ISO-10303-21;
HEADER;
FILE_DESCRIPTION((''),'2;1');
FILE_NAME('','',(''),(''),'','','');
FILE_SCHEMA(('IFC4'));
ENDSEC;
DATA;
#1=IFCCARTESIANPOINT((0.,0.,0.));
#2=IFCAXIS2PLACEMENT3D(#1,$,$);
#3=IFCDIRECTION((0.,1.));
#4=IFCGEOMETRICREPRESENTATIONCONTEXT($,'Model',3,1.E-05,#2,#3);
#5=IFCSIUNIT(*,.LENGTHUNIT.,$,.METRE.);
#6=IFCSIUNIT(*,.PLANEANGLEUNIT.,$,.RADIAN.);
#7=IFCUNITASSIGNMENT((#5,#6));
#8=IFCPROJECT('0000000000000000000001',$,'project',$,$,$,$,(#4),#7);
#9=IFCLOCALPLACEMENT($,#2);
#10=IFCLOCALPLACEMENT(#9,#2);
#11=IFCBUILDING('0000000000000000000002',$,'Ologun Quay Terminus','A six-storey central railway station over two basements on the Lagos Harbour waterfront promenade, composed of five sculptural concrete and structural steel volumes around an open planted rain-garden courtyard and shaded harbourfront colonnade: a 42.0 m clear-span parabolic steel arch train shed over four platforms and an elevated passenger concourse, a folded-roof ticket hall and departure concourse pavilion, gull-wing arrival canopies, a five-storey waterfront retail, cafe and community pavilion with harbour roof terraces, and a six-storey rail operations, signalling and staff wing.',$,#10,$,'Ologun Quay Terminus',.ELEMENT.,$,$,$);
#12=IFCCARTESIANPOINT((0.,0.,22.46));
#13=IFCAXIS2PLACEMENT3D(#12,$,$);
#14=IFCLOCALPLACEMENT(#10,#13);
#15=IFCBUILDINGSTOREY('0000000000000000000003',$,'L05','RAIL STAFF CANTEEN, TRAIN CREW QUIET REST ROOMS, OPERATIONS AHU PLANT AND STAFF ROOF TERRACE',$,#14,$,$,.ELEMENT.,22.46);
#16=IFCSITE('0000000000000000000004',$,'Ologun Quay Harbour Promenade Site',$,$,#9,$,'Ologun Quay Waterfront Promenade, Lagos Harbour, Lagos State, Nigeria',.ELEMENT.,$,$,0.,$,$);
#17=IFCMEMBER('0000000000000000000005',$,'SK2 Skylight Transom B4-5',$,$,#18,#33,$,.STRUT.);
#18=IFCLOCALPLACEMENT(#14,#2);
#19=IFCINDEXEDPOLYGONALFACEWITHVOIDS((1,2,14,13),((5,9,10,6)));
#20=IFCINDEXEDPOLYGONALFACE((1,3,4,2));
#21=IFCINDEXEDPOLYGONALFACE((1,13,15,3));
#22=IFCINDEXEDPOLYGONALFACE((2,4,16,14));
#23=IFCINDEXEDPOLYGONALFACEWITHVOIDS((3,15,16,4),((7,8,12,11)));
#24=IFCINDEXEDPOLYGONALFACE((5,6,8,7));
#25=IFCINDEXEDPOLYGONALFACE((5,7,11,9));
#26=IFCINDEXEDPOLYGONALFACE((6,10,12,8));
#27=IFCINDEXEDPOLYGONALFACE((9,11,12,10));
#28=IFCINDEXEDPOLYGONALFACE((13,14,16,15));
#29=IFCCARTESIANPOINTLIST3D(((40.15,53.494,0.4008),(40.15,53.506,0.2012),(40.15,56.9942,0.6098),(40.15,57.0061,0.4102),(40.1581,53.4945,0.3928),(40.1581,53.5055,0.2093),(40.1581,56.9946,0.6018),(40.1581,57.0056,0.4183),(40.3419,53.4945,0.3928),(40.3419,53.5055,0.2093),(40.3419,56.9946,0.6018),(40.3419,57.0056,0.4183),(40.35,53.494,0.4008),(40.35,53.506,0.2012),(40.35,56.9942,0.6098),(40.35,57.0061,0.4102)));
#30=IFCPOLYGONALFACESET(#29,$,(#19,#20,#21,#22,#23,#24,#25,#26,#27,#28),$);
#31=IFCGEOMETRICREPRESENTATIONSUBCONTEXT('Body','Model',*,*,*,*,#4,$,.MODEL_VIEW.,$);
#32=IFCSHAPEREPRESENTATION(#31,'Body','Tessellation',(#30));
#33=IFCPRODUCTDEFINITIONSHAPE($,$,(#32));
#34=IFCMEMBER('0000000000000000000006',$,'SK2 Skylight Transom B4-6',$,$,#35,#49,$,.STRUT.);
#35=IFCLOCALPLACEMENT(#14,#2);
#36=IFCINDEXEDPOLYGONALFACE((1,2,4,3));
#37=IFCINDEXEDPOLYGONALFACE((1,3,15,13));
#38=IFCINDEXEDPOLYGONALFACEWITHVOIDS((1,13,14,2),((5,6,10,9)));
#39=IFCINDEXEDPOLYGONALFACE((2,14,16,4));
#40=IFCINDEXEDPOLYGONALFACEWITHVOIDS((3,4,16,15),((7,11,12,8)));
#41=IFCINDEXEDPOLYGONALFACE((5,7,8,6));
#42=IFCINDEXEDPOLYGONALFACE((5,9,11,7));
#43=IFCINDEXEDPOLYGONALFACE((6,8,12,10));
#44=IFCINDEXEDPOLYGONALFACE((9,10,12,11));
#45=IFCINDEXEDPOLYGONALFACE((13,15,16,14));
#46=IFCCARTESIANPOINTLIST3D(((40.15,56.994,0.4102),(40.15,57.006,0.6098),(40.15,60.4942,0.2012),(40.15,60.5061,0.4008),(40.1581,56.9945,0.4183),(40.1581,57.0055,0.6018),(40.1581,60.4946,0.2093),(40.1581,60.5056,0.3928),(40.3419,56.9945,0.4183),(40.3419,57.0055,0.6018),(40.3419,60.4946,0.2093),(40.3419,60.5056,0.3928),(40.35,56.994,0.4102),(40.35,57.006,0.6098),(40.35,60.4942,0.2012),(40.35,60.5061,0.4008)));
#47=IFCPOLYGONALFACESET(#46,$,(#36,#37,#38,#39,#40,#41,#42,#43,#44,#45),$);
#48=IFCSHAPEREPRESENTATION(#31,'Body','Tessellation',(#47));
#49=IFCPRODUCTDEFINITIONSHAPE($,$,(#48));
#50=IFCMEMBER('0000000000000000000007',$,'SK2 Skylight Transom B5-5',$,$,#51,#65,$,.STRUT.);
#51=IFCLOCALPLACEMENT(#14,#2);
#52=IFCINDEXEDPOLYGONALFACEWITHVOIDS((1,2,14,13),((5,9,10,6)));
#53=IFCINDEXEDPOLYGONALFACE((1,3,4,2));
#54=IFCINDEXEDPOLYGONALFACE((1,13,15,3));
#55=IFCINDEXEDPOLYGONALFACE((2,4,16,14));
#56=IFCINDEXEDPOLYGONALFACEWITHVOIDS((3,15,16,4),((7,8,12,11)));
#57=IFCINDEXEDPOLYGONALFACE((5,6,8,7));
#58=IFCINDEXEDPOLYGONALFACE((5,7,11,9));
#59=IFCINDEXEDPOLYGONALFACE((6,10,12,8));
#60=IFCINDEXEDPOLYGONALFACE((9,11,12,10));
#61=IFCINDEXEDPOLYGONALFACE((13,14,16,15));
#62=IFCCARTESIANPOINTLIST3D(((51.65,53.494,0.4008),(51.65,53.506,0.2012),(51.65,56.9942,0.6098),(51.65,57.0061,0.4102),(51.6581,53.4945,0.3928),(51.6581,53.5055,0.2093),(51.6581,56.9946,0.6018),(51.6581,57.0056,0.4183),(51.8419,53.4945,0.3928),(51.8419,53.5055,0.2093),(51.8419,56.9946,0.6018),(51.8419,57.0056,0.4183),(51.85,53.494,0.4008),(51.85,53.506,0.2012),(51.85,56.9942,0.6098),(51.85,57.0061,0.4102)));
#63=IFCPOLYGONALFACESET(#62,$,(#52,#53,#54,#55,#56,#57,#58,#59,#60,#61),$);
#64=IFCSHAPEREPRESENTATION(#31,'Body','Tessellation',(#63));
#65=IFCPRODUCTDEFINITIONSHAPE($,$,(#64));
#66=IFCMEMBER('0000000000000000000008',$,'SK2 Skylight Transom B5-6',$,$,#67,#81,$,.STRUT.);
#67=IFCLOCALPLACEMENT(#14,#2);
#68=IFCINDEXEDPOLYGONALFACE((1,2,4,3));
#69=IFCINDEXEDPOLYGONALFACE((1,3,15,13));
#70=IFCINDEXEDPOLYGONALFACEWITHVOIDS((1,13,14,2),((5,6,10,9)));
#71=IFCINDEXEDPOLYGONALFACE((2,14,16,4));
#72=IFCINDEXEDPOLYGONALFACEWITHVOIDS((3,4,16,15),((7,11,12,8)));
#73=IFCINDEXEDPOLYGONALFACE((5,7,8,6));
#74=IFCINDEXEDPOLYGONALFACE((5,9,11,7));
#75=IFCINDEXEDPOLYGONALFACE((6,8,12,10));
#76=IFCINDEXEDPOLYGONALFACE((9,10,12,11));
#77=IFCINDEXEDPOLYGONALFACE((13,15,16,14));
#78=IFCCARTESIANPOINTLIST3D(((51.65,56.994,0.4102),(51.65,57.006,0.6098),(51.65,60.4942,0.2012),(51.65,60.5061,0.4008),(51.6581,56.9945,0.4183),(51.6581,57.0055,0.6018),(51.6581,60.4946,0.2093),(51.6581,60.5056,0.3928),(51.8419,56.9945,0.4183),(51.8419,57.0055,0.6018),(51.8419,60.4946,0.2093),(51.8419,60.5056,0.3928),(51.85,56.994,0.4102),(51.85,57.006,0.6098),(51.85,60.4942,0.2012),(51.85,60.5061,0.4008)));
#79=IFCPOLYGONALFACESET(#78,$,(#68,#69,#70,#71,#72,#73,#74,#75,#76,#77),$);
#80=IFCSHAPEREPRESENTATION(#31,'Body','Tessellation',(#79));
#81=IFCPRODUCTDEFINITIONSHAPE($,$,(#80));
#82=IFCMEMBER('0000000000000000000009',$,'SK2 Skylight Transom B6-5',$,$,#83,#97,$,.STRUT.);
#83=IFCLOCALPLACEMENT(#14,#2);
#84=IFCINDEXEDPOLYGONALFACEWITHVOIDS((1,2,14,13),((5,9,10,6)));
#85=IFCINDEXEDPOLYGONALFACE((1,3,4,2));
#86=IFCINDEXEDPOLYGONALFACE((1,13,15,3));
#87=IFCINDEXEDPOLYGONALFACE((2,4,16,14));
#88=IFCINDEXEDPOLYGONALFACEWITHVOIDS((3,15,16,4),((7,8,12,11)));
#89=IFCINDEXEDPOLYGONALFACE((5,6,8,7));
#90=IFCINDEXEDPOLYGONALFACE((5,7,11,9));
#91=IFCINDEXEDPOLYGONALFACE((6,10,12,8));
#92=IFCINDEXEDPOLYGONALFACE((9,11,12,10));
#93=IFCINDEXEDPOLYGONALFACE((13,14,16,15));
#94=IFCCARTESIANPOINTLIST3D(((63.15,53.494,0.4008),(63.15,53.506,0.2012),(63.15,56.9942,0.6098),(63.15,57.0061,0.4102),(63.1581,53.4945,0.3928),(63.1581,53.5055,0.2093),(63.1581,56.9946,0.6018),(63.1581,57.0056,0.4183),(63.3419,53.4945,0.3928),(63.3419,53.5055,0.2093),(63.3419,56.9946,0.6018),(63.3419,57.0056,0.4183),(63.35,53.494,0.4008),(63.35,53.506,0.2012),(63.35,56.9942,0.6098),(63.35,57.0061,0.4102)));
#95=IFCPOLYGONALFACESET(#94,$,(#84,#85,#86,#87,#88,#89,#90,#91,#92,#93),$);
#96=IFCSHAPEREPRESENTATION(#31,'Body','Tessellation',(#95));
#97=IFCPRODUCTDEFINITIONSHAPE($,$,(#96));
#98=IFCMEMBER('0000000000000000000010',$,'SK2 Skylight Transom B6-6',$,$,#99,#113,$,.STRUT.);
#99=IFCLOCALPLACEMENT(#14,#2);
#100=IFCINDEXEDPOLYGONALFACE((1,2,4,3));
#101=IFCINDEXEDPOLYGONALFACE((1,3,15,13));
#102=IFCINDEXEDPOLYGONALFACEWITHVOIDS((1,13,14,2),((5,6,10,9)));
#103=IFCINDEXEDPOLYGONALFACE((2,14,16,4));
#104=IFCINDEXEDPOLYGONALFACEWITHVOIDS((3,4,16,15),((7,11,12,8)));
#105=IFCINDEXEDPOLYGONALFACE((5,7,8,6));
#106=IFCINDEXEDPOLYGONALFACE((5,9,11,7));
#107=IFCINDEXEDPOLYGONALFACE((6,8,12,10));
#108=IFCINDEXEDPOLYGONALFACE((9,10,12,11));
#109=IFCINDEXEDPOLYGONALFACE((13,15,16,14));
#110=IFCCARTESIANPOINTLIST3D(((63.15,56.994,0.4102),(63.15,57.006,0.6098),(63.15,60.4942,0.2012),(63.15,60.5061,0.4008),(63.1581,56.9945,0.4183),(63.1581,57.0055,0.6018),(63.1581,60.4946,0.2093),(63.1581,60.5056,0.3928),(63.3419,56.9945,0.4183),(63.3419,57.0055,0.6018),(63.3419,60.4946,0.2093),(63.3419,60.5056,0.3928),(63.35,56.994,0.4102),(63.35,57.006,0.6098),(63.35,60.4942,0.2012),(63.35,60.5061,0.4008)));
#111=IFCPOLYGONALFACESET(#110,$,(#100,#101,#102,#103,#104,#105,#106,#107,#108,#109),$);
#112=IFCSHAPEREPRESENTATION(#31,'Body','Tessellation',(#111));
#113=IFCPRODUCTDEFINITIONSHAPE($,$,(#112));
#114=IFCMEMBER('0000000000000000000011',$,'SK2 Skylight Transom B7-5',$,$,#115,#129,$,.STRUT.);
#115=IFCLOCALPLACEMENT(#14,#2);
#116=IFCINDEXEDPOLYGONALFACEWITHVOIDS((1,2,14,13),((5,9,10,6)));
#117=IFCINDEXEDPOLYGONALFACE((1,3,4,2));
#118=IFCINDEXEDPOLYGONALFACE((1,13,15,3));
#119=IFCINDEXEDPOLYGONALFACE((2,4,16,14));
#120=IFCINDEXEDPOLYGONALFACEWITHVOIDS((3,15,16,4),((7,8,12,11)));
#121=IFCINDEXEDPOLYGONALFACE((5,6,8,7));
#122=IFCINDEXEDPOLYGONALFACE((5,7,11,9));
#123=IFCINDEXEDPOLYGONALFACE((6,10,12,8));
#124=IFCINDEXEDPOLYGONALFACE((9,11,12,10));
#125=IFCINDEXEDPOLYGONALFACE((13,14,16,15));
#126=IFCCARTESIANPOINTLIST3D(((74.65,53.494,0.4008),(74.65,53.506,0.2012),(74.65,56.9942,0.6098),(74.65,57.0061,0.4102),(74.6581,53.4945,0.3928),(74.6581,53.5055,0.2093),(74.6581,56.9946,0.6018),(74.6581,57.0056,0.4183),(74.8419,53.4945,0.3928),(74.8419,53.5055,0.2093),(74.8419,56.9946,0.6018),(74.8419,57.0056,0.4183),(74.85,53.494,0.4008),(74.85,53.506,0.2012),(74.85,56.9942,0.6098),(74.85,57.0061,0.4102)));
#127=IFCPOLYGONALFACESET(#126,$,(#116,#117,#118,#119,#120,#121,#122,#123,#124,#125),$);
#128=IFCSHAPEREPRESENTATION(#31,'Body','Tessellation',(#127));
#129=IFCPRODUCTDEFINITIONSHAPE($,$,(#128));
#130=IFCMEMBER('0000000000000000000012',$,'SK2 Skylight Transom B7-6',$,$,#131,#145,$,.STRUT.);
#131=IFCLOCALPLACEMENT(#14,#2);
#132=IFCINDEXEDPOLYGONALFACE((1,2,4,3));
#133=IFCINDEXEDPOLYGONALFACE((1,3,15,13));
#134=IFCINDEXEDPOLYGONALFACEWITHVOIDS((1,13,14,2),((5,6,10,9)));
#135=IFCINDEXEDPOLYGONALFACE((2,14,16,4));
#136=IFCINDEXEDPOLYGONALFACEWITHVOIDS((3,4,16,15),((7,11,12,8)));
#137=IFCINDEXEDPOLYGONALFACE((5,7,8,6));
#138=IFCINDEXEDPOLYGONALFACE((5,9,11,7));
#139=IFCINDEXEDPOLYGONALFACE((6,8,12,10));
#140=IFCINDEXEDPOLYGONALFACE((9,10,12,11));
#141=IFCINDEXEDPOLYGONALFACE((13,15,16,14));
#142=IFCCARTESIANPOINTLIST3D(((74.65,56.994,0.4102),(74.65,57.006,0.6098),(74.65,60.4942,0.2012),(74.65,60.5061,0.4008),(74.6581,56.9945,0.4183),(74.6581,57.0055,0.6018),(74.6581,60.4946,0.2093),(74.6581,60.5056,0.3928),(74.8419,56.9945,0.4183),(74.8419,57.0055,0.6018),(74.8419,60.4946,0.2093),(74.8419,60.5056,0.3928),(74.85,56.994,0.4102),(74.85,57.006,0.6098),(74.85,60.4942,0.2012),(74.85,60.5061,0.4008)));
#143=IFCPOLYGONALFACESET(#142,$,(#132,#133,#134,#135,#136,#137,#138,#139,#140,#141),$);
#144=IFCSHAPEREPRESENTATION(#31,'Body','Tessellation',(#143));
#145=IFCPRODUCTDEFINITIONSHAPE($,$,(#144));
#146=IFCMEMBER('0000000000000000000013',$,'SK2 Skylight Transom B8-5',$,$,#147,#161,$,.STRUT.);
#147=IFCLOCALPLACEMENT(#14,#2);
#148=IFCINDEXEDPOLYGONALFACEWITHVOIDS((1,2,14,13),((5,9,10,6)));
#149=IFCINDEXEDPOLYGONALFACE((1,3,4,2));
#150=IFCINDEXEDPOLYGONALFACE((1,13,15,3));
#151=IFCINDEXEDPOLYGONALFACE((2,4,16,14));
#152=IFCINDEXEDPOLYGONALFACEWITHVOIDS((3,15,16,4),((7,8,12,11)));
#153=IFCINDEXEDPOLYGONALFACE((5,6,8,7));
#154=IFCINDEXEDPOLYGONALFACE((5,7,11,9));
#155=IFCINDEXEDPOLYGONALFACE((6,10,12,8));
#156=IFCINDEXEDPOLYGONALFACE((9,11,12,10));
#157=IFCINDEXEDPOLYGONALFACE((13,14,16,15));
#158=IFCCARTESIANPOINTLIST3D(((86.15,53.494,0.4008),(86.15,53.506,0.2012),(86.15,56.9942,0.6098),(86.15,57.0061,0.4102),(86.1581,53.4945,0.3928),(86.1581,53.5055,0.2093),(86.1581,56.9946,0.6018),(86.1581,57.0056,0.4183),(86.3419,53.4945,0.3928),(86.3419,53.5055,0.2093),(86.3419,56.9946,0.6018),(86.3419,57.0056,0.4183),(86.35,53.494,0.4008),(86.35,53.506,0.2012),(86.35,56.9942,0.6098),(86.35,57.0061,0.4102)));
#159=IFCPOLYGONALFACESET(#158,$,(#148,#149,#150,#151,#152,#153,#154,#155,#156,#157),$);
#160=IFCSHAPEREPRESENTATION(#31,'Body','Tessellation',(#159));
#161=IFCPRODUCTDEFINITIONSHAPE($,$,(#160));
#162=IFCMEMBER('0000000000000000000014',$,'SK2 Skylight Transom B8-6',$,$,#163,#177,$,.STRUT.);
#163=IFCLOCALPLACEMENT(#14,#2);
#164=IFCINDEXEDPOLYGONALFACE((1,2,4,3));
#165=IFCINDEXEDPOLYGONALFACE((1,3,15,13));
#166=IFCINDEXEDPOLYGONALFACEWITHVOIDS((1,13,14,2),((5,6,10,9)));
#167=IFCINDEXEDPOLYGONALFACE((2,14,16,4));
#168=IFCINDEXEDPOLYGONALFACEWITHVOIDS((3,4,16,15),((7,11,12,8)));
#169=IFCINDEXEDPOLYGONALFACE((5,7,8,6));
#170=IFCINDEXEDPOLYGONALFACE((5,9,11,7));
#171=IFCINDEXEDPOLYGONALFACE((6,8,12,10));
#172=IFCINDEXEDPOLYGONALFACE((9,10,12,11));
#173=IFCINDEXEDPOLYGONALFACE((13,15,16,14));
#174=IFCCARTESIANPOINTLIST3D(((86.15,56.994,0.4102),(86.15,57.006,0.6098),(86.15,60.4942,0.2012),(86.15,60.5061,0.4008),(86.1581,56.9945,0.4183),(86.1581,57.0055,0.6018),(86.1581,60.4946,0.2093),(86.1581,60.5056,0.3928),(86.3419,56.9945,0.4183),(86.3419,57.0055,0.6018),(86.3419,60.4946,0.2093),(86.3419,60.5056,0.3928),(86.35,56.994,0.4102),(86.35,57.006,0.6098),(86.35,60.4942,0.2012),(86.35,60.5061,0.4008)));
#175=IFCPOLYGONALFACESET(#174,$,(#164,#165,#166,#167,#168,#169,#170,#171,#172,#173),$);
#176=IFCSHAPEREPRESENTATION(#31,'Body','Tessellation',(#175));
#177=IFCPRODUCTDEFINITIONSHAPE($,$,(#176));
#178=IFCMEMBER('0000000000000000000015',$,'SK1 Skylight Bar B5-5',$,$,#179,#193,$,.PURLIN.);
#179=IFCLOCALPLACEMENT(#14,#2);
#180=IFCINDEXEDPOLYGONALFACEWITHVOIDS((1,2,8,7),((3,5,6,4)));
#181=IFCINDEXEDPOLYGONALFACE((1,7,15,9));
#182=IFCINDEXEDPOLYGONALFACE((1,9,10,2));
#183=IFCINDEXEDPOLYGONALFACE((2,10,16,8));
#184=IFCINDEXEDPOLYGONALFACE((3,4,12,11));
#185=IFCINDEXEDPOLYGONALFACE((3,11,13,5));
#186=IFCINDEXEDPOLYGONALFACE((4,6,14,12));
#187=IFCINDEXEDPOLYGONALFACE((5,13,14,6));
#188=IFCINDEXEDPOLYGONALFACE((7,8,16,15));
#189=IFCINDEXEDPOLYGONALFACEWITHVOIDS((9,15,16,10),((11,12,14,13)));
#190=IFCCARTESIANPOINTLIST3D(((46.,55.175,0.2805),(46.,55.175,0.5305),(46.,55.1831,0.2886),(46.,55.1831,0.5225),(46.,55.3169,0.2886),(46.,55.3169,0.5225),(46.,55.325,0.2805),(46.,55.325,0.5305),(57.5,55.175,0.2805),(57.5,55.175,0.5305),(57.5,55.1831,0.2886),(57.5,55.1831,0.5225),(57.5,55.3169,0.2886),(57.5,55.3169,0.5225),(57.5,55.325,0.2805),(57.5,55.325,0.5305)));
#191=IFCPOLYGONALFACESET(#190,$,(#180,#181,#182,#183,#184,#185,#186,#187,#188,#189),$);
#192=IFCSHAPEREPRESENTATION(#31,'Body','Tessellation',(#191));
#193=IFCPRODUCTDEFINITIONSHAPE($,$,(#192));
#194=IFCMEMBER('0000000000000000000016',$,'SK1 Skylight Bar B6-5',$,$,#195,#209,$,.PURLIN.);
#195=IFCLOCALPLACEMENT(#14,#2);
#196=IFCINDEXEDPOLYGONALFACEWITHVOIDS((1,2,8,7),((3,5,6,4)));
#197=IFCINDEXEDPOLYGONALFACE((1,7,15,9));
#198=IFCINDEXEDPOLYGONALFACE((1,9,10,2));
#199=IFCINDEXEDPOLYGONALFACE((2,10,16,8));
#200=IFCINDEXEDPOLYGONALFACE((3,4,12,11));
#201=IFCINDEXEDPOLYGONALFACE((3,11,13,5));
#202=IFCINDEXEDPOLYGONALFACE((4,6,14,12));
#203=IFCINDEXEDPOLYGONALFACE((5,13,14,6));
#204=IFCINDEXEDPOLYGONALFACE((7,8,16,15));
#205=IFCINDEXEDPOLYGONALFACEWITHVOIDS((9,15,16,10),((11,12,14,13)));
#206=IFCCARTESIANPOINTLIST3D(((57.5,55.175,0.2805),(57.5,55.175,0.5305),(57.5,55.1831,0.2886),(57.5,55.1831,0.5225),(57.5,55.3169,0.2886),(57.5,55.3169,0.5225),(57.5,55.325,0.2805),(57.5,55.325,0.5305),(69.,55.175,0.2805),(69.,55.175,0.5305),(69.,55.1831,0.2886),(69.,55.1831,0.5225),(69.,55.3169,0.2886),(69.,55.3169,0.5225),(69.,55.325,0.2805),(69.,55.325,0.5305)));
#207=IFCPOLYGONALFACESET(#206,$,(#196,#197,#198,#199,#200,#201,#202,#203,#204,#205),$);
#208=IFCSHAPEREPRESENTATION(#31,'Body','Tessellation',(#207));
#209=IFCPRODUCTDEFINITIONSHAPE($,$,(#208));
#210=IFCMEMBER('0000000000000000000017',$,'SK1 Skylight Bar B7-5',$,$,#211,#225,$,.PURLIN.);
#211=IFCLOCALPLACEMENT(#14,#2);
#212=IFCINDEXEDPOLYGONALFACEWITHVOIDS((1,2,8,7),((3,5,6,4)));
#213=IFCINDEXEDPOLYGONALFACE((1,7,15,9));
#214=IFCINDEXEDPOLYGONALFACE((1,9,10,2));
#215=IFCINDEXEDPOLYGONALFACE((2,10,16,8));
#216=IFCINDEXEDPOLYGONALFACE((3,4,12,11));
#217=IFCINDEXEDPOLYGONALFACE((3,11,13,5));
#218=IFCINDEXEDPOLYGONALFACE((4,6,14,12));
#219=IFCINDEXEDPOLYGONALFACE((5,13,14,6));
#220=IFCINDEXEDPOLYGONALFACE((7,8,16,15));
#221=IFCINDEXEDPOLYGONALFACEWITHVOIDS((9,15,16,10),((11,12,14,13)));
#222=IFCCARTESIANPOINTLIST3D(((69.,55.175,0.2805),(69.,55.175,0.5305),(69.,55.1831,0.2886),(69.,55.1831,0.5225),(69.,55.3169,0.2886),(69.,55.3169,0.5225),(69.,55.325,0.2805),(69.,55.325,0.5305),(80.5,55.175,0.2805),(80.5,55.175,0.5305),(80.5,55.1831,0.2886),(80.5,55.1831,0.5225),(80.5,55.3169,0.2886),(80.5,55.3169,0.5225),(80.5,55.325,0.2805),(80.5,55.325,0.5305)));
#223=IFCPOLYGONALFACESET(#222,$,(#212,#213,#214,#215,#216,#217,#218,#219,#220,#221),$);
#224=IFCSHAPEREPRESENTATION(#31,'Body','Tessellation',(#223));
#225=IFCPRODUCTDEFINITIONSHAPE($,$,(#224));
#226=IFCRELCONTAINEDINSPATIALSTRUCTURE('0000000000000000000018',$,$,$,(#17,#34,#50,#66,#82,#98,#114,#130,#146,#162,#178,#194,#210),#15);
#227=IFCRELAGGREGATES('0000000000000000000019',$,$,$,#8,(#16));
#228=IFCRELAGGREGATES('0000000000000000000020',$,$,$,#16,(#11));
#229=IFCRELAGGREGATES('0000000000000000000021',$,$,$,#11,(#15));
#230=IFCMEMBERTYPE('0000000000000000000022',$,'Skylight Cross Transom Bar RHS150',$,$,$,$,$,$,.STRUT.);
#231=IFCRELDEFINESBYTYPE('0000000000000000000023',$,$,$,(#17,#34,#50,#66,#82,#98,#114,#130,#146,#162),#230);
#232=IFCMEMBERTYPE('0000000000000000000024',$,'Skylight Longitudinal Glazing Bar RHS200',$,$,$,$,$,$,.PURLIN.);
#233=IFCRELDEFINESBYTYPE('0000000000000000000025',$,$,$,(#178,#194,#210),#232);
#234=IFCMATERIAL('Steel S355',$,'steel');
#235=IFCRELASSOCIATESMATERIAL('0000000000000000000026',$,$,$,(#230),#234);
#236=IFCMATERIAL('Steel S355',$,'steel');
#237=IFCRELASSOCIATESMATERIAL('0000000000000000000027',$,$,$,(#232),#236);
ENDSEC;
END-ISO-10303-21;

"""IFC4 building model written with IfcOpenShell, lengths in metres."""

from ifc_helpers import new_model, si_unit, direction, frame, origin, origin_2d, place, context, subcontext, project, spatial, hollow_rectangle, extrude, material, material_profile, profile_set, type_object, element, save


model = new_model("IFC4")

# Units and contexts
model_context = context("Model", 3, precision=1e-05, world=origin(), true_north=direction((0.0, 1.0)))
body_context = subcontext(model_context, "Body", "Model", "MODEL_VIEW")
ifc_project = project(units=[si_unit("LENGTHUNIT", "METRE"), si_unit("PLANEANGLEUNIT", "RADIAN")], contexts=[model_context])

# Site, building, storey
site_placement = place(None, origin())
site = spatial("IfcSite", under=ifc_project, at=site_placement, Name="Ologun Quay Harbour Promenade Site", LongName="Ologun Quay Waterfront Promenade, Lagos Harbour, Lagos State, Nigeria", CompositionType="ELEMENT", RefElevation=0.0)
building_placement = place(site_placement, origin())
building = spatial("IfcBuilding", under=site, at=building_placement, Name="Ologun Quay Terminus", Description="A six-storey central railway station over two basements on the Lagos Harbour waterfront promenade, composed of five sculptural concrete and structural steel volumes around an open planted rain-garden courtyard and shaded harbourfront colonnade: a 42.0 m clear-span parabolic steel arch train shed over four platforms and an elevated passenger concourse, a folded-roof ticket hall and departure concourse pavilion, gull-wing arrival canopies, a five-storey waterfront retail, cafe and community pavilion with harbour roof terraces, and a six-storey rail operations, signalling and staff wing.", LongName="Ologun Quay Terminus", CompositionType="ELEMENT")
storey_placement = place(building_placement, frame((0.0, 0.0, 22.46)))
storey = spatial("IfcBuildingStorey", under=building, at=storey_placement, Name="L05", Description="RAIL STAFF CANTEEN, TRAIN CREW QUIET REST ROOMS, OPERATIONS AHU PLANT AND STAFF ROOF TERRACE", CompositionType="ELEMENT", Elevation=22.46)

# Members
ifc_material_1 = material(Name="Steel S355", Category="steel")
ifc_material_profile_1 = material_profile(ifc_material_1, hollow_rectangle(XDim=0.2, YDim=0.2, WallThickness=0.0081, at=origin_2d()), Name="SHS 200x200x8")
ifc_profile_set_1 = profile_set([ifc_material_profile_1], Name="Steel S355")
member_type_1 = type_object("IfcMemberType", Name="Skylight Cross Transom Bar RHS150", PredefinedType="STRUT", material=ifc_profile_set_1)
for number, where, z_axis, x_axis, name in (
    (1, (40.25, 53.5, 0.301), (0.0, 0.998222, 0.059604), (-1.0, 0.0, 0.0), "SK2 Skylight Transom B4-5"),
    (2, (40.25, 57.0, 0.51), (0.0, 0.998222, -0.059604), (-1.0, 0.0, 0.0), "SK2 Skylight Transom B4-6"),
    (3, (51.75, 53.5, 0.301), (0.0, 0.998222, 0.059604), (-1.0, 0.0, 0.0), "SK2 Skylight Transom B5-5"),
    (4, (51.75, 57.0, 0.51), (0.0, 0.998222, -0.059604), (-1.0, 0.0, 0.0), "SK2 Skylight Transom B5-6"),
    (5, (63.25, 53.5, 0.301), (0.0, 0.998222, 0.059604), (-1.0, 0.0, 0.0), "SK2 Skylight Transom B6-5"),
    (6, (63.25, 57.0, 0.51), (0.0, 0.998222, -0.059604), (-1.0, 0.0, 0.0), "SK2 Skylight Transom B6-6"),
    (7, (74.75, 53.5, 0.301), (0.0, 0.998222, 0.059604), (-1.0, 0.0, 0.0), "SK2 Skylight Transom B7-5"),
    (8, (74.75, 57.0, 0.51), (0.0, 0.998222, -0.059604), (-1.0, 0.0, 0.0), "SK2 Skylight Transom B7-6"),
    (9, (86.25, 53.5, 0.301), (0.0, 0.998222, 0.059604), (-1.0, 0.0, 0.0), "SK2 Skylight Transom B8-5"),
    (10, (86.25, 57.0, 0.51), (0.0, 0.998222, -0.059604), (-1.0, 0.0, 0.0), "SK2 Skylight Transom B8-6"),
):
    element("IfcMember", number, at=place(storey_placement, frame(where, z_axis=z_axis, x_axis=x_axis)), inside=storey, type_object=member_type_1, Name=name, PredefinedType="STRUT", context=body_context, shape_type="SweptSolid", body=[
        extrude(hollow_rectangle(XDim=0.2, YDim=0.2, WallThickness=0.0081, at=origin_2d()), origin(), (0.0, 0.0, 1.0), 3.5063),
    ])
ifc_material_2 = material(Name="Steel S355", Category="steel")
ifc_material_profile_2 = material_profile(ifc_material_2, hollow_rectangle(XDim=0.1499, YDim=0.25, WallThickness=0.0081, at=origin_2d()), Name="RHS 250x150x8")
ifc_profile_set_2 = profile_set([ifc_material_profile_2], Name="Steel S355")
member_type_2 = type_object("IfcMemberType", Name="Skylight Longitudinal Glazing Bar RHS200", PredefinedType="PURLIN", material=ifc_profile_set_2)
for number, where, z_axis, x_axis, name in (
    (11, (46.0, 55.25, 0.4055), (1.0, 0.0, 0.0), (0.0, 1.0, 0.0), "SK1 Skylight Bar B5-5"),
    (12, (57.5, 55.25, 0.4055), (1.0, 0.0, 0.0), (0.0, 1.0, 0.0), "SK1 Skylight Bar B6-5"),
    (13, (69.0, 55.25, 0.4055), (1.0, 0.0, 0.0), (0.0, 1.0, 0.0), "SK1 Skylight Bar B7-5"),
):
    element("IfcMember", number, at=place(storey_placement, frame(where, z_axis=z_axis, x_axis=x_axis)), inside=storey, type_object=member_type_2, Name=name, PredefinedType="PURLIN", context=body_context, shape_type="SweptSolid", body=[
        extrude(hollow_rectangle(XDim=0.1499, YDim=0.25, WallThickness=0.0081, at=origin_2d()), origin(), (0.0, 0.0, 1.0), 11.5),
    ])

save(model, "model.ifc")
